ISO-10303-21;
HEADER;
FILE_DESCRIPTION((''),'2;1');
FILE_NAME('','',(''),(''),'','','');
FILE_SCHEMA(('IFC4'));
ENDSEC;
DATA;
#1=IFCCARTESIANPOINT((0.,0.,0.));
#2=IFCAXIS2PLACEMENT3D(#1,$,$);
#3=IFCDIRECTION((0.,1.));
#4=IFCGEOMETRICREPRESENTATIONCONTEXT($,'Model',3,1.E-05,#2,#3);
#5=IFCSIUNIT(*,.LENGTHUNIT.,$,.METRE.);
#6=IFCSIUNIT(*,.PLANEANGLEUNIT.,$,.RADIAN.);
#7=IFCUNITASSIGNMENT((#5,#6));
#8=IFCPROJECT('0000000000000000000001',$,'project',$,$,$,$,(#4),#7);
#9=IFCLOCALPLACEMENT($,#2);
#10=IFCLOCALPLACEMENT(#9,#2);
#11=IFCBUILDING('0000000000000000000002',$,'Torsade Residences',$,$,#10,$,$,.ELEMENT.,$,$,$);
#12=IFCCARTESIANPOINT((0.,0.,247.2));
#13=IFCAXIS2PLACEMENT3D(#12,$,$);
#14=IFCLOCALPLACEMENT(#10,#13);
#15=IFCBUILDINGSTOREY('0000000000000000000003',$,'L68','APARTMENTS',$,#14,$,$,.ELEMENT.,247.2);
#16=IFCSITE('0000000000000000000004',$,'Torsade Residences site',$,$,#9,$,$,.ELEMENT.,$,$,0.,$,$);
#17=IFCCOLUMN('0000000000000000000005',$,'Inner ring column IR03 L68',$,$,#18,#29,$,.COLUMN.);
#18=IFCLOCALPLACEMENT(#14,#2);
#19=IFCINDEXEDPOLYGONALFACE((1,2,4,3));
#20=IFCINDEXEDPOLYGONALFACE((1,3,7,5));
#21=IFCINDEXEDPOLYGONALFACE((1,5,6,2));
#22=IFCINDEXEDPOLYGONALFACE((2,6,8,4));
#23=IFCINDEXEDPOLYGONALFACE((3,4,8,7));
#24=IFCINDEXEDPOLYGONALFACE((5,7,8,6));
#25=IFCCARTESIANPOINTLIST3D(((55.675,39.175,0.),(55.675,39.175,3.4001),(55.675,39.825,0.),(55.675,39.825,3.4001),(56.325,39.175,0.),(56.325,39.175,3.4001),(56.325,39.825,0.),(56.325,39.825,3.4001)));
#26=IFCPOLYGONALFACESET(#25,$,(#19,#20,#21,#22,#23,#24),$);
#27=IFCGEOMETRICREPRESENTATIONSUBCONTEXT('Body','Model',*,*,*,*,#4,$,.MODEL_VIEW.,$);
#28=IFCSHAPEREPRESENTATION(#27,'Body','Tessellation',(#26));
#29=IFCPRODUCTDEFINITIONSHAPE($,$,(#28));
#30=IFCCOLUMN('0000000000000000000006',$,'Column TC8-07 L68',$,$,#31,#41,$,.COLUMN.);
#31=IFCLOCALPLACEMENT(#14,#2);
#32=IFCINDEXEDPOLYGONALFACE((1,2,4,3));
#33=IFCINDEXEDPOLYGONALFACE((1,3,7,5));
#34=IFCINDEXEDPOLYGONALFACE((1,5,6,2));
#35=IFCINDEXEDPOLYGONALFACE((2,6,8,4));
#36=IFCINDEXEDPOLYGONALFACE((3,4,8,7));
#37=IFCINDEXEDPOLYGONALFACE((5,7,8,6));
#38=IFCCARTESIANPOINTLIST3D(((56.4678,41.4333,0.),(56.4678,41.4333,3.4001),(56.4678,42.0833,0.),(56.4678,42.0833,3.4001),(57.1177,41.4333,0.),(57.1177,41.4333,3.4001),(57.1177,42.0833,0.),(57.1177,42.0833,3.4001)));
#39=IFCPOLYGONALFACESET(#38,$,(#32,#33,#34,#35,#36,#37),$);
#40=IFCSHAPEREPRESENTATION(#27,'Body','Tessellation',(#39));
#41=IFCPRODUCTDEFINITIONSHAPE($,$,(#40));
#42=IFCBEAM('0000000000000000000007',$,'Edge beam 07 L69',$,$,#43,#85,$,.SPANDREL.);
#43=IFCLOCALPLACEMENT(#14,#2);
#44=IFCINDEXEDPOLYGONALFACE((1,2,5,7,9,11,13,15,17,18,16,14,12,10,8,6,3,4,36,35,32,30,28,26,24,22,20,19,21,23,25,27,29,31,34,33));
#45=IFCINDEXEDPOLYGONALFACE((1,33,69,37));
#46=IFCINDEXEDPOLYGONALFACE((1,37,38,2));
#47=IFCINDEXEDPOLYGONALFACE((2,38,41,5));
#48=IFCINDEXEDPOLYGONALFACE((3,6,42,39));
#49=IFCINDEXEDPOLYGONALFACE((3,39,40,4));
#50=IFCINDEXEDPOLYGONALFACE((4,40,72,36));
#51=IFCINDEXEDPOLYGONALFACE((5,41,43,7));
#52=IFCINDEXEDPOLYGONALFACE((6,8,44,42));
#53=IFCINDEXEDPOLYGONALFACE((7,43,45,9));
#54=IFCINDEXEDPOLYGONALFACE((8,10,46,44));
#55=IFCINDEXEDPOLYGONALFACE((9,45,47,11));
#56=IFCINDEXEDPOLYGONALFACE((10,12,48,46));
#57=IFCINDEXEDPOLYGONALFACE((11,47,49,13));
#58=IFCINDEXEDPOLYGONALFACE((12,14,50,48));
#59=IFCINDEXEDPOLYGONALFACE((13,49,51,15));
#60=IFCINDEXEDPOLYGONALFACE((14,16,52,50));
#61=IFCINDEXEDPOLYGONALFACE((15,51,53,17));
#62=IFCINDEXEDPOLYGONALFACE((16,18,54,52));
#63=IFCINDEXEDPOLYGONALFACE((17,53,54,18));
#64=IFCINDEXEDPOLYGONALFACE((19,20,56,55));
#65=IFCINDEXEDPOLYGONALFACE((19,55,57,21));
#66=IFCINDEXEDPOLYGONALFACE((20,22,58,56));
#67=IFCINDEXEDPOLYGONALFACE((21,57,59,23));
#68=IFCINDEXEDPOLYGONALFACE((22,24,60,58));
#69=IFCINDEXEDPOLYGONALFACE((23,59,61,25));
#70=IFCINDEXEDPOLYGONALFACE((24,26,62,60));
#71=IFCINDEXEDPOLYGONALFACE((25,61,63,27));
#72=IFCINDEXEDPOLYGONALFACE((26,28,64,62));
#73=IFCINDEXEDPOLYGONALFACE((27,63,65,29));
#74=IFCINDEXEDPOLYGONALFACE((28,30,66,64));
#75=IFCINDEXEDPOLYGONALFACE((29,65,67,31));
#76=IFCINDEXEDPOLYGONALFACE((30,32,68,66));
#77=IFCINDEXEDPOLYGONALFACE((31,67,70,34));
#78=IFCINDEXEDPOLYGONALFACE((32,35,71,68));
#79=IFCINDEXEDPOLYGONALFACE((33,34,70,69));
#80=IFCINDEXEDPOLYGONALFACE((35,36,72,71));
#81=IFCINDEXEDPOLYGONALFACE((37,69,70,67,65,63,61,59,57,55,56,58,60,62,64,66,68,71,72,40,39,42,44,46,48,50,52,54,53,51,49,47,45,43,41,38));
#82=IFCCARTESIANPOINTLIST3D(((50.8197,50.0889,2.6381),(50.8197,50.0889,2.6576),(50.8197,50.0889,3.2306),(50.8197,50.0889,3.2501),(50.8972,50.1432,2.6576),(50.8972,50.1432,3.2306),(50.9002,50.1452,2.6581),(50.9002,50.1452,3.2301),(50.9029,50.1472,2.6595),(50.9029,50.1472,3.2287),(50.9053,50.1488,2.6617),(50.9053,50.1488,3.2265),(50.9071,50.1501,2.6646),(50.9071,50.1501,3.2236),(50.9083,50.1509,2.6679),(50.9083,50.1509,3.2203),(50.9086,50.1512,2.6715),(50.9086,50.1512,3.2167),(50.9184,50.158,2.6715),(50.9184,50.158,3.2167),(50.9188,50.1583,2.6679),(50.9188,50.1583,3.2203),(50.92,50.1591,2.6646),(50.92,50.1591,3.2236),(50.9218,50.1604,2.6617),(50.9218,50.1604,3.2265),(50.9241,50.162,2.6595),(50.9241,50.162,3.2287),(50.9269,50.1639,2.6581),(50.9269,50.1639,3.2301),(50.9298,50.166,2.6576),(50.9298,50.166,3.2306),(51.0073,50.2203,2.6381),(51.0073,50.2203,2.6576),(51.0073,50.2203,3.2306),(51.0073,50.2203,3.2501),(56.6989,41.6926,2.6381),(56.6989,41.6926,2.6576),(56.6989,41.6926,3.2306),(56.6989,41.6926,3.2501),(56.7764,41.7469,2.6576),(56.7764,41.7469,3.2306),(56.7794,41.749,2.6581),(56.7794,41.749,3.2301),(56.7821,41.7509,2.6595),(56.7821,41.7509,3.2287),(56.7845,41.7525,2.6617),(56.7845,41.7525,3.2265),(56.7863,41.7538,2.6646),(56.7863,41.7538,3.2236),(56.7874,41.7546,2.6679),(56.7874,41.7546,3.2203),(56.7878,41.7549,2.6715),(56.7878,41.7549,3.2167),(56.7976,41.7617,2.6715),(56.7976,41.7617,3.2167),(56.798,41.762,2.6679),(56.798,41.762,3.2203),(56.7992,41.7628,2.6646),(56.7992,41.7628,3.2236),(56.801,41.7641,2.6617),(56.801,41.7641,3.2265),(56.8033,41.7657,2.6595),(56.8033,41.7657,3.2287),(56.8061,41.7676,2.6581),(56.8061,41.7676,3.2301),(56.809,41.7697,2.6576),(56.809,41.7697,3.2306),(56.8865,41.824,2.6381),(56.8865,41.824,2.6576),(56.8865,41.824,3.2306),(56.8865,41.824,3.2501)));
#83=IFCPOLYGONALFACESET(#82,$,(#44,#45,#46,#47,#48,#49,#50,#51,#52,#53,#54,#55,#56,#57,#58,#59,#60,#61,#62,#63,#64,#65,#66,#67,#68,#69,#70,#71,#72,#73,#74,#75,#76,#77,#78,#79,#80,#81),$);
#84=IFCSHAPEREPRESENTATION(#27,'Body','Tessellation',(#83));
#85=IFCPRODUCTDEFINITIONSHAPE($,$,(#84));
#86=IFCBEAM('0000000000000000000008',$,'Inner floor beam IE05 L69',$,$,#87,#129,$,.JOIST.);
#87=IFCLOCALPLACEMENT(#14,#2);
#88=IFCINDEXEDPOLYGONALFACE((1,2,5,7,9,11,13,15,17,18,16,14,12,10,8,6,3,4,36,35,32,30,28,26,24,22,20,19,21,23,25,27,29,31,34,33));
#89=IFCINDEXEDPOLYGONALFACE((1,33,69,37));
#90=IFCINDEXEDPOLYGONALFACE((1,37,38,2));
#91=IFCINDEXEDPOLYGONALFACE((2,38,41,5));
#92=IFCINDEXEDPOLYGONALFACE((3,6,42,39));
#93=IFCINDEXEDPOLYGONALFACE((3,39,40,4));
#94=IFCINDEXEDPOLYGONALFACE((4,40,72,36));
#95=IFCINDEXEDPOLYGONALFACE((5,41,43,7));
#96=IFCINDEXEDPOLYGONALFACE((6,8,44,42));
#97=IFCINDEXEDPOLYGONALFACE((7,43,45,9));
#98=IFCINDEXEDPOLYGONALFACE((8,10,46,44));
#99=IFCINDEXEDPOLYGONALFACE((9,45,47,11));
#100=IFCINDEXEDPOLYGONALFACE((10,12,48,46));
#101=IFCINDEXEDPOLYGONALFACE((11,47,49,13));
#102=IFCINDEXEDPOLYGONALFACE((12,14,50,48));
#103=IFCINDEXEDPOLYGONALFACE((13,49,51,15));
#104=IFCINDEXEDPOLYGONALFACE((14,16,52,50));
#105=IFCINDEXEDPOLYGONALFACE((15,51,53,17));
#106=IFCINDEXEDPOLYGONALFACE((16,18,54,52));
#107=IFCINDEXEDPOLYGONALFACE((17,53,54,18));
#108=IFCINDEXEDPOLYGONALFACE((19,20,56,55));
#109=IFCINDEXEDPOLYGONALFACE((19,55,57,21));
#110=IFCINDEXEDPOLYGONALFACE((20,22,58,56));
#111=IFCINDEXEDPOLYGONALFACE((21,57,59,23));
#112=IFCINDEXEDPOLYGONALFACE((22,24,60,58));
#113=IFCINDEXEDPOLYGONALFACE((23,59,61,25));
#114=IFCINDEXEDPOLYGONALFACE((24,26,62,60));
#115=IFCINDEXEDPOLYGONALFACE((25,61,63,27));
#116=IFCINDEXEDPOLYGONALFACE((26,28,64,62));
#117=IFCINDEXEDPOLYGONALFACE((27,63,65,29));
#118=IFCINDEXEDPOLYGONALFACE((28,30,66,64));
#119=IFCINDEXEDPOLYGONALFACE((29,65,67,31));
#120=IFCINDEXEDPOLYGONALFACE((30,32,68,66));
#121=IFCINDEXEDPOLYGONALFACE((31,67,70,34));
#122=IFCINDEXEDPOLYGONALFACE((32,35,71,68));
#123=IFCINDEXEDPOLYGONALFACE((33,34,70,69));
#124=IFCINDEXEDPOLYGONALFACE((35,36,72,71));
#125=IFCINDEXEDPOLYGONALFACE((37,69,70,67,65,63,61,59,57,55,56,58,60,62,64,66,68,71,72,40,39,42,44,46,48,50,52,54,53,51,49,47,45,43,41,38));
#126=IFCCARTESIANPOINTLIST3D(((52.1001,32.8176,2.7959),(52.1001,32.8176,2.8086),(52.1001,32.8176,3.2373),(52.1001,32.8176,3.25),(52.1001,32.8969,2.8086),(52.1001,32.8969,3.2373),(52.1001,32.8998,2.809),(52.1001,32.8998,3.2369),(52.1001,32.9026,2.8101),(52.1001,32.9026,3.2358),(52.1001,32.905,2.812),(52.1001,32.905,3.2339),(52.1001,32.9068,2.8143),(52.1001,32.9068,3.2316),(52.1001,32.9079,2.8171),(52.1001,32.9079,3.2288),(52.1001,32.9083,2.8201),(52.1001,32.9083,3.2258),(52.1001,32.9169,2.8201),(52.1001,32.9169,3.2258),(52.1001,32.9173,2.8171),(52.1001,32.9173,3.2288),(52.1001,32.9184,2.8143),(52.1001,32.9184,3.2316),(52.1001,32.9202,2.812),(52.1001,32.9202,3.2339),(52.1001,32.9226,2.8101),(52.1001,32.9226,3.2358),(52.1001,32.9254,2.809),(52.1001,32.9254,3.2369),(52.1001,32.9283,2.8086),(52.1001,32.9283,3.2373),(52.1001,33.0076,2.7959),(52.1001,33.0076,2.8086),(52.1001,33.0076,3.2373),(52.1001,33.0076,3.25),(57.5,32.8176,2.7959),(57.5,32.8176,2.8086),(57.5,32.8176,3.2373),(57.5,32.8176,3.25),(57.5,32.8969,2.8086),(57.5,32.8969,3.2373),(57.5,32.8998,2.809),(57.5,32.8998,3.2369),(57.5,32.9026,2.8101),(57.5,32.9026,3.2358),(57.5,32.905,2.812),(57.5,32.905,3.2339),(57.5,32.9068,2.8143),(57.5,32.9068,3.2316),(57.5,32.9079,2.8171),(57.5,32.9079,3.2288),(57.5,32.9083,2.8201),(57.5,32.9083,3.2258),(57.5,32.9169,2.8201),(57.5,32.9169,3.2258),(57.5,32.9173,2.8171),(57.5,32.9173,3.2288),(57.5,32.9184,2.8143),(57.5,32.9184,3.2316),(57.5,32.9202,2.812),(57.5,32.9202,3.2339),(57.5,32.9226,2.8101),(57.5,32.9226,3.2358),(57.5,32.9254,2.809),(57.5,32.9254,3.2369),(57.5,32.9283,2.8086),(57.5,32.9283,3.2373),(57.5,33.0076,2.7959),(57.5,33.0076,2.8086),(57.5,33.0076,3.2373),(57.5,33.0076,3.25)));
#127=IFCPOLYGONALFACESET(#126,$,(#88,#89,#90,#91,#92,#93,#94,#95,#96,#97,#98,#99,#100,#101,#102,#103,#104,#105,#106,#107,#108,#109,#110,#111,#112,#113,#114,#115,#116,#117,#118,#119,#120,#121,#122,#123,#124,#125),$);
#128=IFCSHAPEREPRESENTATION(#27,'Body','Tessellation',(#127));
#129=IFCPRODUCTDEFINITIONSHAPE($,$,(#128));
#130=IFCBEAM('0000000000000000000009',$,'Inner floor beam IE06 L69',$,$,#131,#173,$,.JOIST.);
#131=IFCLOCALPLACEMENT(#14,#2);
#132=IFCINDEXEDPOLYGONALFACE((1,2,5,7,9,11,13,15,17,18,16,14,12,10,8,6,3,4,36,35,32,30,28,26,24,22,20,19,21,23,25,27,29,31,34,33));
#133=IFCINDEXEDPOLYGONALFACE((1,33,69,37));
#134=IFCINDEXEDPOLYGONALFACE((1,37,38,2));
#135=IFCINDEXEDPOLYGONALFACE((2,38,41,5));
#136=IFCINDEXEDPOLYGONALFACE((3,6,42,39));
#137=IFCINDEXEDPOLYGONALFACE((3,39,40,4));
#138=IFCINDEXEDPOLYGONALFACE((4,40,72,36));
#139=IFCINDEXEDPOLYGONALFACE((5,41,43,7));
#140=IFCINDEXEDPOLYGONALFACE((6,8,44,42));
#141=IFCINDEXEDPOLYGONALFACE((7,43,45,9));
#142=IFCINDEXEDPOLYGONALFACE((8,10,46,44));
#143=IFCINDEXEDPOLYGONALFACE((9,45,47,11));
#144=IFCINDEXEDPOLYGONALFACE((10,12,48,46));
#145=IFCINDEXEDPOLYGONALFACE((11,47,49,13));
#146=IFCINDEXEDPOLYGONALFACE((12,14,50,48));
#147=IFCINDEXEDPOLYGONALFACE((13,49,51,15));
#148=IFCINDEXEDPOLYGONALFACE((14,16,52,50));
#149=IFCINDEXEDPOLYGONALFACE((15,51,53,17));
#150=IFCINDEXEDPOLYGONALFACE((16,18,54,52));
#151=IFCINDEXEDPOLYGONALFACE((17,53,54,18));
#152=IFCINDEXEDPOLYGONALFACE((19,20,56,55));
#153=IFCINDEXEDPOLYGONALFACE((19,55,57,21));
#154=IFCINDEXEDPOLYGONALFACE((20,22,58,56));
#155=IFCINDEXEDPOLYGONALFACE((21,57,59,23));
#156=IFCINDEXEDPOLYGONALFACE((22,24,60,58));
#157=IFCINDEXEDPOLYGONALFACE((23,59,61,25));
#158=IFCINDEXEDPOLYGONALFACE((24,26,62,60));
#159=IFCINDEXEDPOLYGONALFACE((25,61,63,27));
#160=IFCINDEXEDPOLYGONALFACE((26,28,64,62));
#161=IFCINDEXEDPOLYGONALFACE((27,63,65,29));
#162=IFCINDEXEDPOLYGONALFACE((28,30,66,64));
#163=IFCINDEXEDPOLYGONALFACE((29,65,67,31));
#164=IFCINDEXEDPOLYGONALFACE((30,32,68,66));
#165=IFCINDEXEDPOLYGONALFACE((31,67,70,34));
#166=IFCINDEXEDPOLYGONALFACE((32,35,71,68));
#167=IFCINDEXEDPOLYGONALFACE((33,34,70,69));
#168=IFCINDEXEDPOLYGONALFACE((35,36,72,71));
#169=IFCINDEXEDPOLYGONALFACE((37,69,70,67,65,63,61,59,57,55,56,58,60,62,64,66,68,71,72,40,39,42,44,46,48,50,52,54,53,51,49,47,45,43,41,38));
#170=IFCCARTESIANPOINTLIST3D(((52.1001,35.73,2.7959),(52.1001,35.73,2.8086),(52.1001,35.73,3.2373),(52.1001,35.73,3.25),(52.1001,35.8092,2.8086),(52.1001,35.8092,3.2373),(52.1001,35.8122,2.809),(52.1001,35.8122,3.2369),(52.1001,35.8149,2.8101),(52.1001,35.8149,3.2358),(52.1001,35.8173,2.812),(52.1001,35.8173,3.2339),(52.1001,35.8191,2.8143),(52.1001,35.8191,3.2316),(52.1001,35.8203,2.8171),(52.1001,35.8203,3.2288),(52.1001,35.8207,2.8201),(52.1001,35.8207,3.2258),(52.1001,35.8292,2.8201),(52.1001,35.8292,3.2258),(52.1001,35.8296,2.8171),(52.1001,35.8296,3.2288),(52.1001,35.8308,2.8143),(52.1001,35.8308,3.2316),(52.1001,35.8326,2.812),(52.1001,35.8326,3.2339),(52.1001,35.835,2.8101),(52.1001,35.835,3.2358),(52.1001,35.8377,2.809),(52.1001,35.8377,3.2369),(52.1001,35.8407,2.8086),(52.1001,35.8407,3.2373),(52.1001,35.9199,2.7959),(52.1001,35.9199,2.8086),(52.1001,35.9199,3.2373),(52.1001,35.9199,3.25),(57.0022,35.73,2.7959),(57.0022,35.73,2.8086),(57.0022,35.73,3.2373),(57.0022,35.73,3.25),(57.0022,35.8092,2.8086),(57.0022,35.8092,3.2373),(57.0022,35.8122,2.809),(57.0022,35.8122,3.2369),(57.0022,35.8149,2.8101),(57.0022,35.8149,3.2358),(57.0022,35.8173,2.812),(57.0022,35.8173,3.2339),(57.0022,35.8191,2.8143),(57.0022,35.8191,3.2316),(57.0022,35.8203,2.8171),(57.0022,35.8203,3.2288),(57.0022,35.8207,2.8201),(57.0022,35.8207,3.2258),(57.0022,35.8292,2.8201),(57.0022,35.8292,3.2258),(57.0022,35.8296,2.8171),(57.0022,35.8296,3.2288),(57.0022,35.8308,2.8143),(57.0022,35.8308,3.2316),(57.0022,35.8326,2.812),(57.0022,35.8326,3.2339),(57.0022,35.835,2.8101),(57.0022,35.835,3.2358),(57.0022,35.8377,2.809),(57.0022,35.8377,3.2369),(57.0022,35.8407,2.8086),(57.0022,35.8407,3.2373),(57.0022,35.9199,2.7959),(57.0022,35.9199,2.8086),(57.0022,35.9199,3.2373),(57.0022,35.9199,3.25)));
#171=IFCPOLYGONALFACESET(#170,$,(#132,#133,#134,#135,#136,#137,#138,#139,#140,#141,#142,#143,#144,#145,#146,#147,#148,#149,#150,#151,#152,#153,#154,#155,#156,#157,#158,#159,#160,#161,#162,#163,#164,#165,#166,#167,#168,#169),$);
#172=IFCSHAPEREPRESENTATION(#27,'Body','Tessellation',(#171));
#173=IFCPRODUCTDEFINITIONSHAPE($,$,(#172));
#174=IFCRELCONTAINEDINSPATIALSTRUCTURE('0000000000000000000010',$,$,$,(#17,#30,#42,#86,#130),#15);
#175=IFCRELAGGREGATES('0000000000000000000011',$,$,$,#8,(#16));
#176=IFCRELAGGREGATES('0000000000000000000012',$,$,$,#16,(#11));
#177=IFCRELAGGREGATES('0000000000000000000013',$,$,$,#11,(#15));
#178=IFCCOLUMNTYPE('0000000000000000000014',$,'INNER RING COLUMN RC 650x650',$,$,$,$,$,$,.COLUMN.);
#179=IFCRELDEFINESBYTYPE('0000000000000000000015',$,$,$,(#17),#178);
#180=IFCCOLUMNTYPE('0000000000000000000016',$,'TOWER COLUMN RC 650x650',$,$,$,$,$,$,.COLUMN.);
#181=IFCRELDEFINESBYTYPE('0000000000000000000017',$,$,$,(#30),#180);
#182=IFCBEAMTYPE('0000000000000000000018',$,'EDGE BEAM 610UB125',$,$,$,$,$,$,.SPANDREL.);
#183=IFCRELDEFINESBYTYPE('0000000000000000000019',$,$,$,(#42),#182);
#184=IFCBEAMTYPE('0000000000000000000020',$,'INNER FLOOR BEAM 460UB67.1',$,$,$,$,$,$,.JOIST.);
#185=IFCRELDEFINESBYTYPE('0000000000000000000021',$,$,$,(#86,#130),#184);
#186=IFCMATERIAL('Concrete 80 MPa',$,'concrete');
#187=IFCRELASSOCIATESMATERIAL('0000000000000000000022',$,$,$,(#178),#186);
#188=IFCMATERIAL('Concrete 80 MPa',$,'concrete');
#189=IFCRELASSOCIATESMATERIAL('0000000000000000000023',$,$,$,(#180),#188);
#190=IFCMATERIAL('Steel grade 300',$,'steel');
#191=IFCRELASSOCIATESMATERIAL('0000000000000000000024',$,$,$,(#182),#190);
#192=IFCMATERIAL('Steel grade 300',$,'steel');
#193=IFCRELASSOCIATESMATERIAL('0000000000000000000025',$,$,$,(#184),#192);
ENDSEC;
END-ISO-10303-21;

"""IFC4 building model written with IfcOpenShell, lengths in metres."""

from ifc_helpers import new_model, si_unit, direction, frame, origin, origin_2d, place, context, subcontext, project, spatial, rectangle, i_section, extrude, material, material_profile, profile_set, type_object, element, save


model = new_model("IFC4")

# Units and contexts
model_context = context("Model", 3, precision=1e-05, world=origin(), true_north=direction((0.0, 1.0)))
body_context = subcontext(model_context, "Body", "Model", "MODEL_VIEW")
ifc_project = project(units=[si_unit("LENGTHUNIT", "METRE"), si_unit("PLANEANGLEUNIT", "RADIAN")], contexts=[model_context])

# Site, building, storey
site_placement = place(None, origin())
site = spatial("IfcSite", under=ifc_project, at=site_placement, Name="Torsade Residences site", CompositionType="ELEMENT", RefElevation=0.0)
building_placement = place(site_placement, origin())
building = spatial("IfcBuilding", under=site, at=building_placement, Name="Torsade Residences", CompositionType="ELEMENT")
storey_placement = place(building_placement, frame((0.0, 0.0, 247.2)))
storey = spatial("IfcBuildingStorey", under=building, at=storey_placement, Name="L68", Description="APARTMENTS", CompositionType="ELEMENT", Elevation=247.2)

# Columns
ifc_material_1 = material(Name="Concrete 80 MPa", Category="concrete")
ifc_material_profile_1 = material_profile(ifc_material_1, rectangle(XDim=0.6499, YDim=0.6499, at=origin_2d()), Name="RC 650x650")
ifc_profile_set_1 = profile_set([ifc_material_profile_1], Name="Concrete 80 MPa")
column_type_1 = type_object("IfcColumnType", Name="INNER RING COLUMN RC 650x650", PredefinedType="COLUMN", material=ifc_profile_set_1)
column_1_placement = place(storey_placement, frame((56.0, 39.5, 0.0), z_axis=(0.0, 0.0, 1.0), x_axis=(1.0, 0.0, 0.0)))
element("IfcColumn", 1, at=column_1_placement, inside=storey, type_object=column_type_1, Name="Inner ring column IR03 L68", PredefinedType="COLUMN", context=body_context, shape_type="SweptSolid", body=[
    extrude(rectangle(XDim=0.6499, YDim=0.6499, at=origin_2d()), origin(), (0.0, 0.0, 1.0), 3.4001),
])
ifc_material_2 = material(Name="Concrete 80 MPa", Category="concrete")
ifc_material_profile_2 = material_profile(ifc_material_2, rectangle(XDim=0.6499, YDim=0.6499, at=origin_2d()), Name="RC 650x650")
ifc_profile_set_2 = profile_set([ifc_material_profile_2], Name="Concrete 80 MPa")
column_type_2 = type_object("IfcColumnType", Name="TOWER COLUMN RC 650x650", PredefinedType="COLUMN", material=ifc_profile_set_2)
column_2_placement = place(storey_placement, frame((56.7927, 41.7583, 0.0), z_axis=(0.0, 0.0, 1.0), x_axis=(1.0, 0.0, 0.0)))
element("IfcColumn", 2, at=column_2_placement, inside=storey, type_object=column_type_2, Name="Column TC8-07 L68", PredefinedType="COLUMN", context=body_context, shape_type="SweptSolid", body=[
    extrude(rectangle(XDim=0.6499, YDim=0.6499, at=origin_2d()), origin(), (0.0, 0.0, 1.0), 3.4001),
])

# Beams
ifc_material_3 = material(Name="Steel grade 300", Category="steel")
ifc_material_profile_3 = material_profile(ifc_material_3, i_section(OverallWidth=0.229, OverallDepth=0.6121, WebThickness=0.012, FlangeThickness=0.0195, FilletRadius=0.0139, at=origin_2d()), Name="610UB125")
ifc_profile_set_3 = profile_set([ifc_material_profile_3], Name="Steel grade 300")
beam_type_1 = type_object("IfcBeamType", Name="EDGE BEAM 610UB125", PredefinedType="SPANDREL", material=ifc_profile_set_3)
beam_1_placement = place(storey_placement, frame((56.7927, 41.7583, 2.9441), z_axis=(-0.573579, 0.81915, 0.0), x_axis=(-0.81915, -0.573579, 0.0)))
element("IfcBeam", 3, at=beam_1_placement, inside=storey, type_object=beam_type_1, Name="Edge beam 07 L69", PredefinedType="SPANDREL", context=body_context, shape_type="SweptSolid", body=[
    extrude(i_section(OverallWidth=0.229, OverallDepth=0.6121, WebThickness=0.012, FlangeThickness=0.0195, FilletRadius=0.0139, at=origin_2d()), origin(), (0.0, 0.0, 1.0), 10.25),
])
ifc_material_4 = material(Name="Steel grade 300", Category="steel")
ifc_material_profile_4 = material_profile(ifc_material_4, i_section(OverallWidth=0.1899, OverallDepth=0.4541, WebThickness=0.0085, FlangeThickness=0.0127, FilletRadius=0.0115, at=origin_2d()), Name="460UB67.1")
ifc_profile_set_4 = profile_set([ifc_material_profile_4], Name="Steel grade 300")
beam_type_2 = type_object("IfcBeamType", Name="INNER FLOOR BEAM 460UB67.1", PredefinedType="JOIST", material=ifc_profile_set_4)
beam_2_placement = place(storey_placement, frame((52.1001, 32.9126, 3.0229), z_axis=(1.0, 0.0, 0.0), x_axis=(0.0, 1.0, 0.0)))
element("IfcBeam", 4, at=beam_2_placement, inside=storey, type_object=beam_type_2, Name="Inner floor beam IE05 L69", PredefinedType="JOIST", context=body_context, shape_type="SweptSolid", body=[
    extrude(i_section(OverallWidth=0.1899, OverallDepth=0.4541, WebThickness=0.0085, FlangeThickness=0.0127, FilletRadius=0.0115, at=origin_2d()), origin(), (0.0, 0.0, 1.0), 5.3999),
])
beam_3_placement = place(storey_placement, frame((52.1001, 35.825, 3.0229), z_axis=(1.0, 0.0, 0.0), x_axis=(0.0, 1.0, 0.0)))
element("IfcBeam", 5, at=beam_3_placement, inside=storey, type_object=beam_type_2, Name="Inner floor beam IE06 L69", PredefinedType="JOIST", context=body_context, shape_type="SweptSolid", body=[
    extrude(i_section(OverallWidth=0.1899, OverallDepth=0.4541, WebThickness=0.0085, FlangeThickness=0.0127, FilletRadius=0.0115, at=origin_2d()), origin(), (0.0, 0.0, 1.0), 4.9021),
])

save(model, "model.ifc")
